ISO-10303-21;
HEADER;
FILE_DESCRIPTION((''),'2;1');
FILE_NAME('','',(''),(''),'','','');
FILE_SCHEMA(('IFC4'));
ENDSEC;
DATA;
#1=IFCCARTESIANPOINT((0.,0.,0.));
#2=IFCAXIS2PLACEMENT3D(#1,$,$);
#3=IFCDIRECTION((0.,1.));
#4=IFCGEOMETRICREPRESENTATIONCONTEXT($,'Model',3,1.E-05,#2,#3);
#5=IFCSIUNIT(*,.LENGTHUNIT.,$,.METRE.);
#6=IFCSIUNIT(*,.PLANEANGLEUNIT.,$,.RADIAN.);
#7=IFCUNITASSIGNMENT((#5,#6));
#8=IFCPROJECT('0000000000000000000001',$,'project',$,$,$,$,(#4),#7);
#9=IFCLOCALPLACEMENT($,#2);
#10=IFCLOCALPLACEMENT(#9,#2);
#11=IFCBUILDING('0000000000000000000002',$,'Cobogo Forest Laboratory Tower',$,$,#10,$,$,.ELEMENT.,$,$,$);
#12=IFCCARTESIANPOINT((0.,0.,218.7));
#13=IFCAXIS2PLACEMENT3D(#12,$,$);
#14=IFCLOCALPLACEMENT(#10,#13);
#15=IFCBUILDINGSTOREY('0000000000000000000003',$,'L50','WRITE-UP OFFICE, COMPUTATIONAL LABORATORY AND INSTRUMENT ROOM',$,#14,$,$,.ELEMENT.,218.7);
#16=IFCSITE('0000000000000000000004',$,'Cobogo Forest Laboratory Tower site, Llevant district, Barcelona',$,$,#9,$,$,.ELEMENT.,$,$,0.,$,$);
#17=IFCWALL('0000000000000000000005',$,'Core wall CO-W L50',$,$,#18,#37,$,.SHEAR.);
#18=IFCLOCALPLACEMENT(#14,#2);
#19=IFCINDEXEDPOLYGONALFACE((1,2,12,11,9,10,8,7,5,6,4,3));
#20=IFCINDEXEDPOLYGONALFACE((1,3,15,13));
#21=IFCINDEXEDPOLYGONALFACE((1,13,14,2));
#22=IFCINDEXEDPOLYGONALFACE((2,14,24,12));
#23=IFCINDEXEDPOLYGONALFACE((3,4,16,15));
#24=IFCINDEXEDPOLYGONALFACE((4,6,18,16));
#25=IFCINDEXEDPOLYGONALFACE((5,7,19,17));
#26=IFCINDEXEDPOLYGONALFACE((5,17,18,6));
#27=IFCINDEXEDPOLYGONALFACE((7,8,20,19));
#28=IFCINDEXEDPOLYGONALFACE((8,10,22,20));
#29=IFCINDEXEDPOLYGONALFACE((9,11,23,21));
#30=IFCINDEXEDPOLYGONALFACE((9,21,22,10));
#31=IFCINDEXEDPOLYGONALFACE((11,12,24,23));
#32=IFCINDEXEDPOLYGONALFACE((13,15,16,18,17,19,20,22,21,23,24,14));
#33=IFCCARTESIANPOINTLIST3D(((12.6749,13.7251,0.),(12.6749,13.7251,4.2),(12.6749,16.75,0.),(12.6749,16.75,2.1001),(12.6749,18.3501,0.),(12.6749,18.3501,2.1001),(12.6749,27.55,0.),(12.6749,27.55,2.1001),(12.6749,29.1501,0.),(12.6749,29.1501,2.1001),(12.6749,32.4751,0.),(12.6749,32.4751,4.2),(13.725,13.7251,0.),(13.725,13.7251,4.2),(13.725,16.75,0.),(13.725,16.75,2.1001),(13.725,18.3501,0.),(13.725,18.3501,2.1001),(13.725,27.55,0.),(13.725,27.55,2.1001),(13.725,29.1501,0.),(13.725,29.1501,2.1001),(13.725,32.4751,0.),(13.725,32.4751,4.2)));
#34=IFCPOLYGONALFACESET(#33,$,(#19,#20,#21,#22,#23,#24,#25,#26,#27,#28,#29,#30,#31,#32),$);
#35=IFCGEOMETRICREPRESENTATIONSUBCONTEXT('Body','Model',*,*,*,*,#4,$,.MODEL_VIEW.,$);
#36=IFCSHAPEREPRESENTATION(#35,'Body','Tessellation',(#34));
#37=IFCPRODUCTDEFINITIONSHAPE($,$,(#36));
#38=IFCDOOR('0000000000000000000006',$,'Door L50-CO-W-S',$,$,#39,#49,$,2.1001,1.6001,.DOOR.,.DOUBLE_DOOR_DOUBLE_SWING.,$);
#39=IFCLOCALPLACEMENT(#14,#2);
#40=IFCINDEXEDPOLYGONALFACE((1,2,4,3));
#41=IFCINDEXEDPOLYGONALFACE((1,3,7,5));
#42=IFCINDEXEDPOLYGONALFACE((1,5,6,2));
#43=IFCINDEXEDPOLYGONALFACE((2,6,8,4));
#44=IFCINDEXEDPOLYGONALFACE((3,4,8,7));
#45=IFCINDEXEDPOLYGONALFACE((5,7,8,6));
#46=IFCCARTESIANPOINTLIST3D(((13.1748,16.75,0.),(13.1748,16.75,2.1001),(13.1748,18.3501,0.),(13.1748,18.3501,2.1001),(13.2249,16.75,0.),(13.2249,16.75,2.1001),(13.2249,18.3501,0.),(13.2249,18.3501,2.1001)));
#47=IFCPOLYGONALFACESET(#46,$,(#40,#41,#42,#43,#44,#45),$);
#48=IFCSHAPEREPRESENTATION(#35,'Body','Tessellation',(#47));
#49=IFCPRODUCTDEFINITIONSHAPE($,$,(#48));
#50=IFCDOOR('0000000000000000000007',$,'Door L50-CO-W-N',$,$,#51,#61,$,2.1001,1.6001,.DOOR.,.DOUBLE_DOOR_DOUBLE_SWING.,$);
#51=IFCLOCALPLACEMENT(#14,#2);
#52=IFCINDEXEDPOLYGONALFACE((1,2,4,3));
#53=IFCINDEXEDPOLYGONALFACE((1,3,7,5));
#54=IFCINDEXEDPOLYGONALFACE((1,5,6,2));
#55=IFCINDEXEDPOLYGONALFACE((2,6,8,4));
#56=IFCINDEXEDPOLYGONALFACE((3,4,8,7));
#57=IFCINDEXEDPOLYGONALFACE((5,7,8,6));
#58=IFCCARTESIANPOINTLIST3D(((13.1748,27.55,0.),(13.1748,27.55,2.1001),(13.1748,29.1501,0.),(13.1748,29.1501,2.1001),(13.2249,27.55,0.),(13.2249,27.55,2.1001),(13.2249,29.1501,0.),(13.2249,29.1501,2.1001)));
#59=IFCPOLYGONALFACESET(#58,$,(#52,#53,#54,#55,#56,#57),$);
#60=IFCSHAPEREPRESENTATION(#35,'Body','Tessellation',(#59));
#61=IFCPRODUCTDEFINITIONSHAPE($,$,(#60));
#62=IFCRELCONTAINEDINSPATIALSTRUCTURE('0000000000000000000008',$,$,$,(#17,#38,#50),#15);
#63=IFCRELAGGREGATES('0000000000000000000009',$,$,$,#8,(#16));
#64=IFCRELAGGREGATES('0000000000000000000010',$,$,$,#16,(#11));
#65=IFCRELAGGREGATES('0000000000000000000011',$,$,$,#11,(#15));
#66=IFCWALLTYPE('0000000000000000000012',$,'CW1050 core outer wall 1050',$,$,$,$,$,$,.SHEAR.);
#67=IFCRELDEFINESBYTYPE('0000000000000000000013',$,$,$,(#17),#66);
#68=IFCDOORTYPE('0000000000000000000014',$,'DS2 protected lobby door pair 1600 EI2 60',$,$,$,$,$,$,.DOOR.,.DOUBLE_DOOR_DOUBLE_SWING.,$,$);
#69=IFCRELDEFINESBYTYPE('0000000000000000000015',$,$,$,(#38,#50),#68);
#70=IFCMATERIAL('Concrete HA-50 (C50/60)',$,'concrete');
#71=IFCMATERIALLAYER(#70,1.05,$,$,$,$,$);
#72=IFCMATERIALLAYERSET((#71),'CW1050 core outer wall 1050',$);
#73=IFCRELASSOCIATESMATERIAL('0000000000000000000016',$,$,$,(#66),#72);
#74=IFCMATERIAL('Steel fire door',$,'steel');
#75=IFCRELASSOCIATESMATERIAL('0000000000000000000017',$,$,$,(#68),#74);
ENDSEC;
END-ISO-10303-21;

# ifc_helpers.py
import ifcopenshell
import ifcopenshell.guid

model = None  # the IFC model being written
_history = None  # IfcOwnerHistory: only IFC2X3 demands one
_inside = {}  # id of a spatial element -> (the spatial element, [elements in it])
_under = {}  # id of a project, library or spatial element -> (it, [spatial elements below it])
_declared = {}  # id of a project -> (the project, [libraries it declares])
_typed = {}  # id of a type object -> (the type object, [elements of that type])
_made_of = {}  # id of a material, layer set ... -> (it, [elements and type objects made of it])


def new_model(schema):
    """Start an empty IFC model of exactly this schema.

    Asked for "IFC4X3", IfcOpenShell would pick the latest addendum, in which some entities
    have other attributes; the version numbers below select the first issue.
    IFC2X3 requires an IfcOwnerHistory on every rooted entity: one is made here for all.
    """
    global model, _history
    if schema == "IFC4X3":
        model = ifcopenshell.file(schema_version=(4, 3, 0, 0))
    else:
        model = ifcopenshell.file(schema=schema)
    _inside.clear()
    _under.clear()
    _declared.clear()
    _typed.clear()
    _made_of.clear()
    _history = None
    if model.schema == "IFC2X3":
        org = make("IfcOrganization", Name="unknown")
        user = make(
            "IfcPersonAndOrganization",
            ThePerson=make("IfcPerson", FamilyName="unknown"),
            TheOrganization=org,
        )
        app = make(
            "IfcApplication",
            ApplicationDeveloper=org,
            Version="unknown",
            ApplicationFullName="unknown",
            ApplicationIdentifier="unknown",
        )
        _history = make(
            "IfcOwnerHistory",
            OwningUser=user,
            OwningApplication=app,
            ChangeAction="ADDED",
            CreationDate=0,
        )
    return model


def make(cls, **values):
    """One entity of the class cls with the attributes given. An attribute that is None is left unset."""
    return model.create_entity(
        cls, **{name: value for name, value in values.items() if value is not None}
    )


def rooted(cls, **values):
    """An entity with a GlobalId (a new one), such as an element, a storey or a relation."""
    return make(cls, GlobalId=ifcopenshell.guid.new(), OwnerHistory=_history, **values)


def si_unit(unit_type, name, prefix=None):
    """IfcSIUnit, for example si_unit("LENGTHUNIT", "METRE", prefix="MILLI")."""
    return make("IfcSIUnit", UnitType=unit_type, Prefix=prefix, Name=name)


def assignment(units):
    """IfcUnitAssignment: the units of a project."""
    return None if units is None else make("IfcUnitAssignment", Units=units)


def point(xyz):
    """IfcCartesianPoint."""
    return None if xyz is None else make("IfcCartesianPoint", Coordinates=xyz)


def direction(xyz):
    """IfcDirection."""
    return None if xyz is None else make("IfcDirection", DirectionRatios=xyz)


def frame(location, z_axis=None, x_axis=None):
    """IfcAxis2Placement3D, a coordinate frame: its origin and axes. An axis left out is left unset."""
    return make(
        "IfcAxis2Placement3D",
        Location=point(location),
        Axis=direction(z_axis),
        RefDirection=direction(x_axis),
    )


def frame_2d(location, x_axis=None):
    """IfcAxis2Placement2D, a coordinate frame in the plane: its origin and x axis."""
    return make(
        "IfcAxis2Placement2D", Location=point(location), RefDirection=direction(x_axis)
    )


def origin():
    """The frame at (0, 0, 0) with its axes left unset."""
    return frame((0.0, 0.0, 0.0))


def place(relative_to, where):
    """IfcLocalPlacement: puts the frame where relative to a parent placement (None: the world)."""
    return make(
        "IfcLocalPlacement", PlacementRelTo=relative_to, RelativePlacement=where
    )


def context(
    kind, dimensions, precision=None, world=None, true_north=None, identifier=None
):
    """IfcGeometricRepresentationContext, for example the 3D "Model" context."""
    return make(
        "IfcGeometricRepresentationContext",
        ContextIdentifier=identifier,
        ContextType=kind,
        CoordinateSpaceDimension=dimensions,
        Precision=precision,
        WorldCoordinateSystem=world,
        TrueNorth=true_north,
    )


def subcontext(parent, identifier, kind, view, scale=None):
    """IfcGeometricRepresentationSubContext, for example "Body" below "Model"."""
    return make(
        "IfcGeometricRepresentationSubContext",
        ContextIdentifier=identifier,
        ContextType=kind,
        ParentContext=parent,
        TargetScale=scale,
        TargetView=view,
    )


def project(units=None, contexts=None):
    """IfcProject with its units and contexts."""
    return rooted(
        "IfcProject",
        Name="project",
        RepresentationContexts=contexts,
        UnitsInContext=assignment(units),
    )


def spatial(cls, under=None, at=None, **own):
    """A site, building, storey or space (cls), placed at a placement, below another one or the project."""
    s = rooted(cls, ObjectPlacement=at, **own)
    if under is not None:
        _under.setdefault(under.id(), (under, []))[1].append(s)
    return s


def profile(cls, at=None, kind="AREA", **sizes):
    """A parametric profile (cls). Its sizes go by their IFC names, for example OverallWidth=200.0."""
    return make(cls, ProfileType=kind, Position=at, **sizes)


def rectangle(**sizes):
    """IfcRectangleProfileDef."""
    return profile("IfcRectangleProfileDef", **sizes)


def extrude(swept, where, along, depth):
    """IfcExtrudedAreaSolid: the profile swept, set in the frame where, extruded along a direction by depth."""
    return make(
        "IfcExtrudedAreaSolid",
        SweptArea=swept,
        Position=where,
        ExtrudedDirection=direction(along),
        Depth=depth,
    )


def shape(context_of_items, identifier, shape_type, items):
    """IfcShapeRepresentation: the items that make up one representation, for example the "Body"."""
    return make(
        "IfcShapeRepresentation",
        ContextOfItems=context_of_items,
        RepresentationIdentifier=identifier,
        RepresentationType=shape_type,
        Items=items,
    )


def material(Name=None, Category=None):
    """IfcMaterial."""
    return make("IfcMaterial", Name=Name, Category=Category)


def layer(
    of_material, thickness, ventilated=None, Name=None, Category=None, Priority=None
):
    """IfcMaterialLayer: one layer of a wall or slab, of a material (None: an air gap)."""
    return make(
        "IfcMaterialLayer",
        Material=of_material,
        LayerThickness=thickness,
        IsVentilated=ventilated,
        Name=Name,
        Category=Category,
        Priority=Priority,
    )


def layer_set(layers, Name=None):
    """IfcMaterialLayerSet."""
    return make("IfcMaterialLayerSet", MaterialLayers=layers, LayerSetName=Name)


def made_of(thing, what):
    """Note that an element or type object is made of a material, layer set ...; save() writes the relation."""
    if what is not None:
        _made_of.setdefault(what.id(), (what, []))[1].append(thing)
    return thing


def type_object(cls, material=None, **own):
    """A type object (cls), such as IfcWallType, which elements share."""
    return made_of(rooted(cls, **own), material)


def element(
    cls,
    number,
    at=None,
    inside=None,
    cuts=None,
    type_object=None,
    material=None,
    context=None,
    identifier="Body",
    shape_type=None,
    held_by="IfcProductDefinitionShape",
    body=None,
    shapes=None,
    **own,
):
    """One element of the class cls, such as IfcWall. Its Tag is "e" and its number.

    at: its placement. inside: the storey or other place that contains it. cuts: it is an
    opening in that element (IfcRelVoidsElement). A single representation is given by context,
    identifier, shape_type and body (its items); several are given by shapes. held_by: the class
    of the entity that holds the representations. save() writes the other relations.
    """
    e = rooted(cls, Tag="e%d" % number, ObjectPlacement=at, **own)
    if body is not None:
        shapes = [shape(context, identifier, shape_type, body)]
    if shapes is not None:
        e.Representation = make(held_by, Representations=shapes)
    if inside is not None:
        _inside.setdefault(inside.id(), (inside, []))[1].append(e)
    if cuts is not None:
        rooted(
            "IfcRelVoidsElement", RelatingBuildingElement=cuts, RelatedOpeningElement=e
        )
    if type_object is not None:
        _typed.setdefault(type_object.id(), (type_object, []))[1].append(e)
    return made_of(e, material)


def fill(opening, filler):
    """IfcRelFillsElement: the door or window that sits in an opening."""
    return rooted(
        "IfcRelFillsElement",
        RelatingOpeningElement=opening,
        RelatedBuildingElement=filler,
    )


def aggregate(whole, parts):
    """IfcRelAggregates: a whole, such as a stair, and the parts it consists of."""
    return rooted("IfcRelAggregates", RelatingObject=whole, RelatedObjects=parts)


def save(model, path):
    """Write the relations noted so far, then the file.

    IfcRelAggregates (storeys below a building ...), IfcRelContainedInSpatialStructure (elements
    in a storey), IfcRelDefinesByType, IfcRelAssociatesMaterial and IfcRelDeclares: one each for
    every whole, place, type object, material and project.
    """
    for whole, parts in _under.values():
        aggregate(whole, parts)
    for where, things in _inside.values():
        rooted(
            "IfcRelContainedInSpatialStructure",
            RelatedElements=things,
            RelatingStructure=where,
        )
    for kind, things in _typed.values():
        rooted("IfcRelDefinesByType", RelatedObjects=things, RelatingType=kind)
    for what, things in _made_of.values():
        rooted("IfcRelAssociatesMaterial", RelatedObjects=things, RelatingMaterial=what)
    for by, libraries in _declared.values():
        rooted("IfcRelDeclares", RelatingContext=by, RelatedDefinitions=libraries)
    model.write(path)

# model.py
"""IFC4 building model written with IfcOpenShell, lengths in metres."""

from ifc_helpers import new_model, si_unit, direction, frame, frame_2d, origin, place, context, subcontext, project, spatial, rectangle, extrude, material, layer, layer_set, type_object, element, fill, save


model = new_model("IFC4")

# Units and contexts
model_context = context("Model", 3, precision=1e-05, world=origin(), true_north=direction((0.0, 1.0)))
body_context = subcontext(model_context, "Body", "Model", "MODEL_VIEW")
ifc_project = project(units=[si_unit("LENGTHUNIT", "METRE"), si_unit("PLANEANGLEUNIT", "RADIAN")], contexts=[model_context])

# Site, building, storey
site_placement = place(None, origin())
site = spatial("IfcSite", under=ifc_project, at=site_placement, Name="Cobogo Forest Laboratory Tower site, Llevant district, Barcelona", CompositionType="ELEMENT", RefElevation=0.0)
building_placement = place(site_placement, origin())
building = spatial("IfcBuilding", under=site, at=building_placement, Name="Cobogo Forest Laboratory Tower", CompositionType="ELEMENT")
storey_placement = place(building_placement, frame((0.0, 0.0, 218.7)))
storey = spatial("IfcBuildingStorey", under=building, at=storey_placement, Name="L50", Description="WRITE-UP OFFICE, COMPUTATIONAL LABORATORY AND INSTRUMENT ROOM", CompositionType="ELEMENT", Elevation=218.7)

# Shared definitions
ifc_material_1 = material(Name="Concrete HA-50 (C50/60)", Category="concrete")

# Wall, openings, doors
ifc_layer_1 = layer(ifc_material_1, 1.05)
ifc_layer_set_1 = layer_set([ifc_layer_1], Name="CW1050 core outer wall 1050")
wall_type_1 = type_object("IfcWallType", Name="CW1050 core outer wall 1050", PredefinedType="SHEAR", material=ifc_layer_set_1)
wall_1_placement = place(storey_placement, frame((13.2, 32.4751, 0.0), z_axis=(0.0, 0.0, 1.0), x_axis=(0.0, -1.0, 0.0)))
wall_1 = element("IfcWall", 1, at=wall_1_placement, inside=storey, type_object=wall_type_1, Name="Core wall CO-W L50", PredefinedType="SHEAR", context=body_context, shape_type="SweptSolid", body=[
    extrude(rectangle(XDim=18.75, YDim=1.05, at=frame_2d((9.375, 0.0))), origin(), (0.0, 0.0, 1.0), 4.2),
])
opening_1_placement = place(wall_1_placement, frame((14.125, 0.0, 0.0)))
opening_1 = element("IfcOpeningElement", 2, at=opening_1_placement, cuts=wall_1, PredefinedType="OPENING", context=body_context, shape_type="SweptSolid", body=[
    extrude(rectangle(XDim=1.6001, YDim=2.1001, at=frame_2d((0.8, 1.05))), frame((0.0, 0.5349, 0.0), z_axis=(0.0, -1.0, 0.0), x_axis=(1.0, 0.0, 0.0)), (0.0, 0.0, 1.0), 1.0701),
])
opening_2_placement = place(wall_1_placement, frame((3.325, 0.0, 0.0)))
opening_2 = element("IfcOpeningElement", 3, at=opening_2_placement, cuts=wall_1, PredefinedType="OPENING", context=body_context, shape_type="SweptSolid", body=[
    extrude(rectangle(XDim=1.6001, YDim=2.1001, at=frame_2d((0.8, 1.05))), frame((0.0, 0.5349, 0.0), z_axis=(0.0, -1.0, 0.0), x_axis=(1.0, 0.0, 0.0)), (0.0, 0.0, 1.0), 1.0701),
])
ifc_material_2 = material(Name="Steel fire door", Category="steel")
door_type_1 = type_object("IfcDoorType", Name="DS2 protected lobby door pair 1600 EI2 60", OperationType="DOUBLE_DOOR_DOUBLE_SWING", PredefinedType="DOOR", material=ifc_material_2)
door_1_placement = place(opening_1_placement, origin())
door_1 = element("IfcDoor", 4, at=door_1_placement, inside=storey, type_object=door_type_1, Name="Door L50-CO-W-S", OperationType="DOUBLE_DOOR_DOUBLE_SWING", OverallHeight=2.1001, OverallWidth=1.6001, PredefinedType="DOOR", context=body_context, shape_type="SweptSolid", body=[
    extrude(rectangle(XDim=1.6001, YDim=2.1001, at=frame_2d((0.8, 1.05))), frame((0.0, 0.0249, 0.0), z_axis=(0.0, -1.0, 0.0), x_axis=(1.0, 0.0, 0.0)), (0.0, 0.0, 1.0), 0.05),
])
fill(opening_1, door_1)
door_2_placement = place(opening_2_placement, origin())
door_2 = element("IfcDoor", 5, at=door_2_placement, inside=storey, type_object=door_type_1, Name="Door L50-CO-W-N", OperationType="DOUBLE_DOOR_DOUBLE_SWING", OverallHeight=2.1001, OverallWidth=1.6001, PredefinedType="DOOR", context=body_context, shape_type="SweptSolid", body=[
    extrude(rectangle(XDim=1.6001, YDim=2.1001, at=frame_2d((0.8, 1.05))), frame((0.0, 0.0249, 0.0), z_axis=(0.0, -1.0, 0.0), x_axis=(1.0, 0.0, 0.0)), (0.0, 0.0, 1.0), 0.05),
])
fill(opening_2, door_2)

save(model, "model.ifc")
